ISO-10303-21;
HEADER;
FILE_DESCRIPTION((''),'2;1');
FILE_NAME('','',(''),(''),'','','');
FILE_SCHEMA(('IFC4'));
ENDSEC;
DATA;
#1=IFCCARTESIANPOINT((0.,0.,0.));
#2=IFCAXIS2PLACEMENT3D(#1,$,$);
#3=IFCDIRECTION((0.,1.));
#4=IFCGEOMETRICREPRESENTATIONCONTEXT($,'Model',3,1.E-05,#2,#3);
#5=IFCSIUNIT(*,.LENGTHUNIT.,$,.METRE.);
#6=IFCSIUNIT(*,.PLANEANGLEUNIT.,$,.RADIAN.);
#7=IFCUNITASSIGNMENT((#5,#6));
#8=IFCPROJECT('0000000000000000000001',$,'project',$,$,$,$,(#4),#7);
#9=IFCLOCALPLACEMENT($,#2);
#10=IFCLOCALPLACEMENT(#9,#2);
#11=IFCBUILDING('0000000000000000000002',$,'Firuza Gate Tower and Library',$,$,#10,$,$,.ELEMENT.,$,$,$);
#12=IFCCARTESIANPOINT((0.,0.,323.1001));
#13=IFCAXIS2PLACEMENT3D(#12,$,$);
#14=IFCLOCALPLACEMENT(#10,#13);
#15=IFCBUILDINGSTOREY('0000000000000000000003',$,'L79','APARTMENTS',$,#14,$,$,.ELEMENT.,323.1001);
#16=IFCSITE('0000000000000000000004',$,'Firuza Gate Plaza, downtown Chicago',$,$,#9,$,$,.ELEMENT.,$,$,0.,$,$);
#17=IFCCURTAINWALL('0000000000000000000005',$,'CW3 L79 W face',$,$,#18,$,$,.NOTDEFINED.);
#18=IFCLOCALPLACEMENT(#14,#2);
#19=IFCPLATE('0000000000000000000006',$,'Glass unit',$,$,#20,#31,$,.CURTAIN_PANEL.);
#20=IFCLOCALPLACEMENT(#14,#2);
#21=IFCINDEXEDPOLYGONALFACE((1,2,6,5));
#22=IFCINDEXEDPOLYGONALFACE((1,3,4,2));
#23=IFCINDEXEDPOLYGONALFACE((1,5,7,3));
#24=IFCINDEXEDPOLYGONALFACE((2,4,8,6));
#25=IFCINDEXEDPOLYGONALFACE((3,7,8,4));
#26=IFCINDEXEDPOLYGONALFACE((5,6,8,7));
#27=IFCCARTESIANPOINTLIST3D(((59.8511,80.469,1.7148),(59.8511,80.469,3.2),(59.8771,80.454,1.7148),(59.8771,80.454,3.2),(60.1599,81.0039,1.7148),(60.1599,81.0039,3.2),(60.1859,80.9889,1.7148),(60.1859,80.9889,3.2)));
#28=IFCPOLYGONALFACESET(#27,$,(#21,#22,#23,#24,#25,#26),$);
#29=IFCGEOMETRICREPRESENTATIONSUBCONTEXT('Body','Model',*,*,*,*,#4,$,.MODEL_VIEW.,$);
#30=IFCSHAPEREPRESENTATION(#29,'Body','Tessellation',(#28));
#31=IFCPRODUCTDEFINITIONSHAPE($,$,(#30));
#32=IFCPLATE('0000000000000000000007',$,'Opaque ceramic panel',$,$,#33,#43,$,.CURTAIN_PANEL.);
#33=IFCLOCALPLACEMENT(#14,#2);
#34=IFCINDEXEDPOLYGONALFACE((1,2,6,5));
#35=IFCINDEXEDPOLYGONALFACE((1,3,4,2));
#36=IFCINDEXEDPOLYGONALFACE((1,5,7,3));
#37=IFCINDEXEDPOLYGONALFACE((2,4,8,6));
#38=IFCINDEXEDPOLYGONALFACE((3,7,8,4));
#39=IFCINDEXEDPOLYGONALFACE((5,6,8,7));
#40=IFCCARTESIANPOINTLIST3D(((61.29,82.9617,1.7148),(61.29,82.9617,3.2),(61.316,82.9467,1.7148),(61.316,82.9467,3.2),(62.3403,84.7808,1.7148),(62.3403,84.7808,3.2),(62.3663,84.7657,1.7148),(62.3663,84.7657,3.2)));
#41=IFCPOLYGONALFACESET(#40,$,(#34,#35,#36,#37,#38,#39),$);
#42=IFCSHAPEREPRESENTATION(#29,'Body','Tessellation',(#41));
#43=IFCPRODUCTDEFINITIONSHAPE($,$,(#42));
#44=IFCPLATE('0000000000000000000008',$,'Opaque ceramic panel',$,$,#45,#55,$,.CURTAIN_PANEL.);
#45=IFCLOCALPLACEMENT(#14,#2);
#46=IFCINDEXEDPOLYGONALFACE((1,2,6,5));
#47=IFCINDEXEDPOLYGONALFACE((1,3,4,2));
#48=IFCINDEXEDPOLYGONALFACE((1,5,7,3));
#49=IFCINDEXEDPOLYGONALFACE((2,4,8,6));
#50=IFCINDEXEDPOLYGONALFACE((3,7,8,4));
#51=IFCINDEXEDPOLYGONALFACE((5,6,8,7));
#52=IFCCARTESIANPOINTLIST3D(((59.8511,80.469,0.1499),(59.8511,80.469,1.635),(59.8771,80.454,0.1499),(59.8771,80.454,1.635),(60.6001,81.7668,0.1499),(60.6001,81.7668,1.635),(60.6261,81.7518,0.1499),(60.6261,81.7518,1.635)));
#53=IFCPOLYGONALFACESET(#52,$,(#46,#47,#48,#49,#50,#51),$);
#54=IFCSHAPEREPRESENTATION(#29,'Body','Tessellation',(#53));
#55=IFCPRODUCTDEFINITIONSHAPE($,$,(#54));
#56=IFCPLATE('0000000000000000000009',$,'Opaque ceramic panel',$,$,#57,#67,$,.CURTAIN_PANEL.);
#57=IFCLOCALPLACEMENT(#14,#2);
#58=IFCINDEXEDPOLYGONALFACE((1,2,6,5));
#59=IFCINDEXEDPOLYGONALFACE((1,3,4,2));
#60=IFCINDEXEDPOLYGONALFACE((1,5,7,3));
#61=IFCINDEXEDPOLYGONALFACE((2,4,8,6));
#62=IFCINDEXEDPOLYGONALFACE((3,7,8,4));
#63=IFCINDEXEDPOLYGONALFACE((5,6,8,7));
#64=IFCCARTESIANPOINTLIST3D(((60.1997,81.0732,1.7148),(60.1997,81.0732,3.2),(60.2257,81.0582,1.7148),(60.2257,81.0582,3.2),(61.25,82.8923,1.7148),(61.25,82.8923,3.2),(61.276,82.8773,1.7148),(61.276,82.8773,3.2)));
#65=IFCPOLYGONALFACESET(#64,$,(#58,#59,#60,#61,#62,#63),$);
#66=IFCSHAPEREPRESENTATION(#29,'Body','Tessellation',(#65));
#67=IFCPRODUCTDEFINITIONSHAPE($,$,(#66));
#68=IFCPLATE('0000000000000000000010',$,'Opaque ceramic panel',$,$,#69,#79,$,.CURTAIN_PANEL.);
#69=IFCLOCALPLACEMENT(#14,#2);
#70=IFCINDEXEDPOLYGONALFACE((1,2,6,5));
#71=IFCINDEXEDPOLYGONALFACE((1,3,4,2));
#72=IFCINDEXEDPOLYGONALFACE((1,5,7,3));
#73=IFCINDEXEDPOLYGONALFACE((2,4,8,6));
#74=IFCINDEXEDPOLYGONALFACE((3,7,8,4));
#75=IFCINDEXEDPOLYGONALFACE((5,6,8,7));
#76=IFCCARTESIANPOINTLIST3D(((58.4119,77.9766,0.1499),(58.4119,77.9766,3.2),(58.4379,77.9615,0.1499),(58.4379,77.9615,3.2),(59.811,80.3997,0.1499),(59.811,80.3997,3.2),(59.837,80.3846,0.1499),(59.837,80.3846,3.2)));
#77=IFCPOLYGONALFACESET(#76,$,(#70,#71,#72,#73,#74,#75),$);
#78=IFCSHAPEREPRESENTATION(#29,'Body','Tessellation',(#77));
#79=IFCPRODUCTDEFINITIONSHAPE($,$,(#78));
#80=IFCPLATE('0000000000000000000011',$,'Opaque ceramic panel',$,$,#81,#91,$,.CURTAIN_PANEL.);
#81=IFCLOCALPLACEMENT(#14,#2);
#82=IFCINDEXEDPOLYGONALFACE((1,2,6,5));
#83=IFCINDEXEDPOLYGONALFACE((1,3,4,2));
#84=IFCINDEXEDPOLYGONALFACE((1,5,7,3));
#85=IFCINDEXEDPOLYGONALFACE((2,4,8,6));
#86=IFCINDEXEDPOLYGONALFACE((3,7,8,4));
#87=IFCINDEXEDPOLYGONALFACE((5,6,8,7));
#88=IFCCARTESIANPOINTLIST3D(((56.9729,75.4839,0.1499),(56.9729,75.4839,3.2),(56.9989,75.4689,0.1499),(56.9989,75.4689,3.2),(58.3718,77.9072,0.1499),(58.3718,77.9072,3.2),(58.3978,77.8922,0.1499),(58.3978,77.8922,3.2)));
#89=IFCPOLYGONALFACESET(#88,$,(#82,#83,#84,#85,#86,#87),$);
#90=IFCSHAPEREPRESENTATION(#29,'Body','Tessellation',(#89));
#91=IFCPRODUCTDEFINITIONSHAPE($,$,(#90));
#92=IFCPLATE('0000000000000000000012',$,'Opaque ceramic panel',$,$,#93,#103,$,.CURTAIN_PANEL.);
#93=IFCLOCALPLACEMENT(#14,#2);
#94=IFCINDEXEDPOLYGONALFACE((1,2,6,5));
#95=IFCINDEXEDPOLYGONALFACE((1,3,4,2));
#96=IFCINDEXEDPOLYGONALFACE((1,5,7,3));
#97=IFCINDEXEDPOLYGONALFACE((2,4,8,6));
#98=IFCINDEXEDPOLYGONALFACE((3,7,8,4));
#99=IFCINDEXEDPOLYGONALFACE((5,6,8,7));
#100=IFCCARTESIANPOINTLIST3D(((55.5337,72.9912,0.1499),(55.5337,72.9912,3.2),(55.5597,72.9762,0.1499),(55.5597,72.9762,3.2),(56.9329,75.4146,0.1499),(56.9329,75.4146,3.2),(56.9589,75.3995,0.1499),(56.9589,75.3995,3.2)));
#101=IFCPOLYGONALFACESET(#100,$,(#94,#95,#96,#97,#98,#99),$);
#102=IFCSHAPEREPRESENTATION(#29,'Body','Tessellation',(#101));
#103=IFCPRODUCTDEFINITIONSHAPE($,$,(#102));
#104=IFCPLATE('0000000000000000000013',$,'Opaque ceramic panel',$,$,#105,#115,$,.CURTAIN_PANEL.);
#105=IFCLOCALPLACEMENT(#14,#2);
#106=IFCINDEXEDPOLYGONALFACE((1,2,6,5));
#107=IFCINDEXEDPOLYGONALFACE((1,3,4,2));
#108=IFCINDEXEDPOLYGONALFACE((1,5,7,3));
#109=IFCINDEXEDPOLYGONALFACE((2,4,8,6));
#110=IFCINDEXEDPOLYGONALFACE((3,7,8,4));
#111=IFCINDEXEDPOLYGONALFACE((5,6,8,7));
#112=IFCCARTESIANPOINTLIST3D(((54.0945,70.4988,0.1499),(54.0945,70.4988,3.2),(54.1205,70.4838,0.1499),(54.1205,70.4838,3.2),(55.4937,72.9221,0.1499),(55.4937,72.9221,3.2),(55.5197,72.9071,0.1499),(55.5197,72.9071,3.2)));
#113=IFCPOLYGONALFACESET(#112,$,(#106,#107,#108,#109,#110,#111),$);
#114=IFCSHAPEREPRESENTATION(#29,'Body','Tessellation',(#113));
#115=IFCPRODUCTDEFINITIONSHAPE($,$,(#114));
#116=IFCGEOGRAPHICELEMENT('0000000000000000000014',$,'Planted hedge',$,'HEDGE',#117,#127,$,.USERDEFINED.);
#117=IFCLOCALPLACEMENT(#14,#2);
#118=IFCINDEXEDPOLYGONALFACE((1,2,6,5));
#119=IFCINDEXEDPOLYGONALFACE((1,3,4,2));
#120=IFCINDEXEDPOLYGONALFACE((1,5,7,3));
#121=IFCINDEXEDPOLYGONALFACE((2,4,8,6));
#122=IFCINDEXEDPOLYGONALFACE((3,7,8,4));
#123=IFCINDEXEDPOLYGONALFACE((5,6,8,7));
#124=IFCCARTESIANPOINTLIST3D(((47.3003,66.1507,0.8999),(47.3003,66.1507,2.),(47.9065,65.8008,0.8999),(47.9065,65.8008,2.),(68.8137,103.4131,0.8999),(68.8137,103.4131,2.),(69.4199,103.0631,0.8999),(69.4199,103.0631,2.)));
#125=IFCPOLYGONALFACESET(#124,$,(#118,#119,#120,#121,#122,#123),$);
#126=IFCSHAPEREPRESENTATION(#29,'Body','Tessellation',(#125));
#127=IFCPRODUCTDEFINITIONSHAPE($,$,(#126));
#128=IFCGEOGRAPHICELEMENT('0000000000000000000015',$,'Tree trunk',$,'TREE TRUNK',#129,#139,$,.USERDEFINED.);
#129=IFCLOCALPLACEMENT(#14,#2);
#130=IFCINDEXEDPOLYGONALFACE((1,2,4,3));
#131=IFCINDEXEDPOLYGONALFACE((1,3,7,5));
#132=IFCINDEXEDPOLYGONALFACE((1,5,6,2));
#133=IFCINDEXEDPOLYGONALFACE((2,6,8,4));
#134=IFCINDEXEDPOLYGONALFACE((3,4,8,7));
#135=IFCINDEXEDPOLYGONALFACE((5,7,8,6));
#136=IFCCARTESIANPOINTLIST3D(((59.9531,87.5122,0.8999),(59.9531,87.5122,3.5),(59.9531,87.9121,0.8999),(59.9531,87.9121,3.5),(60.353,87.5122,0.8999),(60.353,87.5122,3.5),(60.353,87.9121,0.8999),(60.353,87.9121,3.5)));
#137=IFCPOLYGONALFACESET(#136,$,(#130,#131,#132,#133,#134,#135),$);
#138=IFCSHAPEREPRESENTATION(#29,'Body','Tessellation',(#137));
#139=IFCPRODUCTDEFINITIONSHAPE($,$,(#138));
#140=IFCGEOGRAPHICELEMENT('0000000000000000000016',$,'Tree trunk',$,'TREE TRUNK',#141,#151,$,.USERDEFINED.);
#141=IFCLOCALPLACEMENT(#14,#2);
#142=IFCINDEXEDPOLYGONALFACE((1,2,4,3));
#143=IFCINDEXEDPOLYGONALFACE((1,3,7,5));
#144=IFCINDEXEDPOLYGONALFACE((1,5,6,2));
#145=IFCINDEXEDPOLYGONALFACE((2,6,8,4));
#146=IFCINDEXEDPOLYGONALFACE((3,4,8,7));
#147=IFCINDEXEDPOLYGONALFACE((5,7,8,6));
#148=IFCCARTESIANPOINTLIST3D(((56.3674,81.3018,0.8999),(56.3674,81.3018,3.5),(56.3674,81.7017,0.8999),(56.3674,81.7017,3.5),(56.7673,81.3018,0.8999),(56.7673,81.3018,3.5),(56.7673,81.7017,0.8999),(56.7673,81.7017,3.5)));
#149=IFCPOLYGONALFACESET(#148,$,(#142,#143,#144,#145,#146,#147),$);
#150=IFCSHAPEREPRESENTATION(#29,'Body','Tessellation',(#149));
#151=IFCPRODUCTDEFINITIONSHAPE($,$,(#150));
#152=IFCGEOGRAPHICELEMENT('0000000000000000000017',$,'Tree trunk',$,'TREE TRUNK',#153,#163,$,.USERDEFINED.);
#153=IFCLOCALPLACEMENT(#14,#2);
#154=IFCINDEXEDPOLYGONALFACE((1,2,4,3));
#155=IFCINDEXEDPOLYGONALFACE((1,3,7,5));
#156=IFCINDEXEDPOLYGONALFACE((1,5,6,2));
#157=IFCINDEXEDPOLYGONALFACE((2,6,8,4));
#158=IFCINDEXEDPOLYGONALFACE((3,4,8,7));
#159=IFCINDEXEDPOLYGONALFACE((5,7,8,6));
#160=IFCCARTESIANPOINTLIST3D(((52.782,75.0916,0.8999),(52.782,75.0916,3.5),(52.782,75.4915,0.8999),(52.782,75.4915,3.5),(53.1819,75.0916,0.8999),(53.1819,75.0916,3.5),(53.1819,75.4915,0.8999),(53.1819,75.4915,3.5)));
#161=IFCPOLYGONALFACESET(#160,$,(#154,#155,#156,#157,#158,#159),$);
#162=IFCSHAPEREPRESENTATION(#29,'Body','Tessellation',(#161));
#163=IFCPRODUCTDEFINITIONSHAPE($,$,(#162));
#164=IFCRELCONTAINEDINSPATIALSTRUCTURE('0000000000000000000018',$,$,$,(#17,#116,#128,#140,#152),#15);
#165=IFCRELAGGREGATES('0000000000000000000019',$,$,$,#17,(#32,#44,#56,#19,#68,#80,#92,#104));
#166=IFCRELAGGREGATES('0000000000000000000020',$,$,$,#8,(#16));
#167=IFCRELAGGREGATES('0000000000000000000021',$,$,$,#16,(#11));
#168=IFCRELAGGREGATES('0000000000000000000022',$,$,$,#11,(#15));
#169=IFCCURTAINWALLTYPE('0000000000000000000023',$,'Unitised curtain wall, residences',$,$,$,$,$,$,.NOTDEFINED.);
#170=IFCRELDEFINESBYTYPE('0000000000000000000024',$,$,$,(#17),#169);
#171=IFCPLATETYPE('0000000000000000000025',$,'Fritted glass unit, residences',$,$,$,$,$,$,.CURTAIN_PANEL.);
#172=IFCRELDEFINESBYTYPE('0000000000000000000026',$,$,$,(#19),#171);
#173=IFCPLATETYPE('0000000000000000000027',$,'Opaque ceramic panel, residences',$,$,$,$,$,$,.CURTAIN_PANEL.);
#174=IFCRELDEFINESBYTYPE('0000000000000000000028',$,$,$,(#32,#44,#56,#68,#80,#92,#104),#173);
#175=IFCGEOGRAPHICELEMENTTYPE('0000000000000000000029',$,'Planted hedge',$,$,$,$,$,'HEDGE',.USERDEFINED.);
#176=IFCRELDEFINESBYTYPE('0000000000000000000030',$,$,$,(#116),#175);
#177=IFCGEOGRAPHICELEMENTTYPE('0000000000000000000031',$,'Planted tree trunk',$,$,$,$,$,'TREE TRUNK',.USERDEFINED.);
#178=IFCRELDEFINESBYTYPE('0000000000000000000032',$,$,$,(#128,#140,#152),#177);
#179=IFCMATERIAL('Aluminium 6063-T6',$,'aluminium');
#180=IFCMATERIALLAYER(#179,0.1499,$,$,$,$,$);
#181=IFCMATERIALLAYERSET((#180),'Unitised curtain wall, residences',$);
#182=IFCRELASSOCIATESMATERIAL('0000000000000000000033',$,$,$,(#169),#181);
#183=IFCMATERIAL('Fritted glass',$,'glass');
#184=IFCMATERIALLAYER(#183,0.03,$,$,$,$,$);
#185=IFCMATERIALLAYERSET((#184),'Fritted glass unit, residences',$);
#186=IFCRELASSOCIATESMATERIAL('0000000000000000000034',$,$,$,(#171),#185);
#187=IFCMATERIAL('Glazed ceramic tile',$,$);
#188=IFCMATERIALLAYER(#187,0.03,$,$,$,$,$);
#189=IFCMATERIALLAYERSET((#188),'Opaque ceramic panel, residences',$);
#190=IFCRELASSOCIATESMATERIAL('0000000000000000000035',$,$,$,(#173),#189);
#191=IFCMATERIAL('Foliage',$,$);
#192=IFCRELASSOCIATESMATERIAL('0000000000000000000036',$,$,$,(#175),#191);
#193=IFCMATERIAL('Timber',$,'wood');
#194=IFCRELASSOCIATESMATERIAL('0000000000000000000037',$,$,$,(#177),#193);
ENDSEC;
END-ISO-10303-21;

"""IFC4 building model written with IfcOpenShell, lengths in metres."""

from ifc_helpers import new_model, si_unit, direction, frame, origin, origin_2d, place, context, subcontext, project, spatial, polyline, rectangle, outline, extrude, material, layer, layer_set, type_object, element, aggregate, save


model = new_model("IFC4")

# Units and contexts
model_context = context("Model", 3, precision=1e-05, world=origin(), true_north=direction((0.0, 1.0)))
body_context = subcontext(model_context, "Body", "Model", "MODEL_VIEW")
ifc_project = project(units=[si_unit("LENGTHUNIT", "METRE"), si_unit("PLANEANGLEUNIT", "RADIAN")], contexts=[model_context])

# Site, building, storey
site_placement = place(None, origin())
site = spatial("IfcSite", under=ifc_project, at=site_placement, Name="Firuza Gate Plaza, downtown Chicago", CompositionType="ELEMENT", RefElevation=0.0)
building_placement = place(site_placement, origin())
building = spatial("IfcBuilding", under=site, at=building_placement, Name="Firuza Gate Tower and Library", CompositionType="ELEMENT")
storey_placement = place(building_placement, frame((0.0, 0.0, 323.1001)))
storey = spatial("IfcBuildingStorey", under=building, at=storey_placement, Name="L79", Description="APARTMENTS", CompositionType="ELEMENT", Elevation=323.1001)

# Curtain wall
ifc_material_1 = material(Name="Aluminium 6063-T6", Category="aluminium")
ifc_layer_1 = layer(ifc_material_1, 0.1499)
ifc_layer_set_1 = layer_set([ifc_layer_1], Name="Unitised curtain wall, residences")
curtain_wall_type = type_object("IfcCurtainWallType", Name="Unitised curtain wall, residences", PredefinedType="NOTDEFINED", material=ifc_layer_set_1)
curtain_wall_placement = place(storey_placement, origin())
curtain_wall = element("IfcCurtainWall", 1, at=curtain_wall_placement, inside=storey, type_object=curtain_wall_type, Name="CW3 L79 W face", PredefinedType="NOTDEFINED")

# Plates
ifc_material_2 = material(Name="Fritted glass", Category="glass")
ifc_layer_2 = layer(ifc_material_2, 0.03)
ifc_layer_set_2 = layer_set([ifc_layer_2], Name="Fritted glass unit, residences")
plate_type_1 = type_object("IfcPlateType", Name="Fritted glass unit, residences", PredefinedType="CURTAIN_PANEL", material=ifc_layer_set_2)
plate_1_placement = place(storey_placement, frame((60.1599, 81.0039, 1.7148), z_axis=(-0.866021, 0.500008, 0.0), x_axis=(-0.500008, -0.866021, 0.0)))
plate_1 = element("IfcPlate", 2, at=plate_1_placement, type_object=plate_type_1, Name="Glass unit", PredefinedType="CURTAIN_PANEL", context=body_context, shape_type="SweptSolid", body=[
    extrude(outline(polyline([(0.0, 0.0), (0.6177, 0.0), (0.6177, 1.4851), (0.0, 1.4851), (0.0, 0.0)])), origin(), (0.0, 0.0, -1.0), 0.03),
])
ifc_material_3 = material(Name="Glazed ceramic tile")
ifc_layer_3 = layer(ifc_material_3, 0.03)
ifc_layer_set_3 = layer_set([ifc_layer_3], Name="Opaque ceramic panel, residences")
plate_type_2 = type_object("IfcPlateType", Name="Opaque ceramic panel, residences", PredefinedType="CURTAIN_PANEL", material=ifc_layer_set_3)
plate_2_placement = place(storey_placement, frame((62.3403, 84.7808, 1.7148), z_axis=(-0.866017, 0.500014, 0.0), x_axis=(-0.500014, -0.866017, 0.0)))
plate_2 = element("IfcPlate", 3, at=plate_2_placement, type_object=plate_type_2, Name="Opaque ceramic panel", PredefinedType="CURTAIN_PANEL", context=body_context, shape_type="SweptSolid", body=[
    extrude(outline(polyline([(0.0, 0.0), (2.1005, 0.0), (2.1005, 1.4851), (0.0, 1.4851), (0.0, 0.0)])), origin(), (0.0, 0.0, -1.0), 0.03),
])
plate_3_placement = place(storey_placement, frame((60.6001, 81.7668, 0.1499), z_axis=(-0.86611, 0.499854, 0.0), x_axis=(-0.499854, -0.86611, 0.0)))
plate_3 = element("IfcPlate", 4, at=plate_3_placement, type_object=plate_type_2, Name="Opaque ceramic panel", PredefinedType="CURTAIN_PANEL", context=body_context, shape_type="SweptSolid", body=[
    extrude(outline(polyline([(0.0, 0.0), (1.4985, 0.0), (1.4985, 1.4851), (0.0, 1.4851), (0.0, 0.0)])), origin(), (0.0, 0.0, -1.0), 0.03),
])
plate_4_placement = place(storey_placement, frame((61.25, 82.8923, 1.7148), z_axis=(-0.866017, 0.500014, 0.0), x_axis=(-0.500014, -0.866017, 0.0)))
plate_4 = element("IfcPlate", 5, at=plate_4_placement, type_object=plate_type_2, Name="Opaque ceramic panel", PredefinedType="CURTAIN_PANEL", context=body_context, shape_type="SweptSolid", body=[
    extrude(outline(polyline([(0.0, 0.0), (2.1005, 0.0), (2.1005, 1.4851), (0.0, 1.4851), (0.0, 0.0)])), origin(), (0.0, 0.0, -1.0), 0.03),
])
plate_5_placement = place(storey_placement, frame((59.811, 80.3997, 0.1499), z_axis=(-0.865995, 0.500052, 0.0), x_axis=(-0.500052, -0.865995, 0.0)))
plate_5 = element("IfcPlate", 6, at=plate_5_placement, type_object=plate_type_2, Name="Opaque ceramic panel", PredefinedType="CURTAIN_PANEL", context=body_context, shape_type="SweptSolid", body=[
    extrude(outline(polyline([(0.0, 0.0), (2.798, 0.0), (2.798, 3.05), (0.0, 3.05), (0.0, 0.0)])), origin(), (0.0, 0.0, -1.0), 0.03),
])
plate_6_placement = place(storey_placement, frame((58.3718, 77.9072, 0.1499), z_axis=(-0.866055, 0.499949, 0.0), x_axis=(-0.499949, -0.866055, 0.0)))
plate_6 = element("IfcPlate", 7, at=plate_6_placement, type_object=plate_type_2, Name="Opaque ceramic panel", PredefinedType="CURTAIN_PANEL", context=body_context, shape_type="SweptSolid", body=[
    extrude(outline(polyline([(0.0, 0.0), (2.7981, 0.0), (2.7981, 3.05), (0.0, 3.05), (0.0, 0.0)])), origin(), (0.0, 0.0, -1.0), 0.03),
])
plate_7_placement = place(storey_placement, frame((56.9329, 75.4146, 0.1499), z_axis=(-0.866017, 0.500014, 0.0), x_axis=(-0.500014, -0.866017, 0.0)))
plate_7 = element("IfcPlate", 8, at=plate_7_placement, type_object=plate_type_2, Name="Opaque ceramic panel", PredefinedType="CURTAIN_PANEL", context=body_context, shape_type="SweptSolid", body=[
    extrude(outline(polyline([(0.0, 0.0), (2.7983, 0.0), (2.7983, 3.05), (0.0, 3.05), (0.0, 0.0)])), origin(), (0.0, 0.0, -1.0), 0.03),
])
plate_8_placement = place(storey_placement, frame((55.4937, 72.9221, 0.1499), z_axis=(-0.866017, 0.500014, 0.0), x_axis=(-0.500014, -0.866017, 0.0)))
plate_8 = element("IfcPlate", 9, at=plate_8_placement, type_object=plate_type_2, Name="Opaque ceramic panel", PredefinedType="CURTAIN_PANEL", context=body_context, shape_type="SweptSolid", body=[
    extrude(outline(polyline([(0.0, 0.0), (2.7983, 0.0), (2.7983, 3.05), (0.0, 3.05), (0.0, 0.0)])), origin(), (0.0, 0.0, -1.0), 0.03),
])
aggregate(curtain_wall, [plate_2, plate_3, plate_4, plate_1, plate_5, plate_6, plate_7, plate_8])

# Geographic elements
ifc_material_4 = material(Name="Foliage")
geographic_element_type_1 = type_object("IfcGeographicElementType", Name="Planted hedge", ElementType="HEDGE", PredefinedType="USERDEFINED", material=ifc_material_4)
geographic_element_placement = place(storey_placement, frame((58.3601, 84.6069, 0.8999), z_axis=(0.0, 0.0, 1.0), x_axis=(-0.5, -0.866025, 0.0)))
element("IfcGeographicElement", 10, at=geographic_element_placement, inside=storey, type_object=geographic_element_type_1, Name="Planted hedge", ObjectType="HEDGE", PredefinedType="USERDEFINED", context=body_context, shape_type="SweptSolid", body=[
    extrude(rectangle(XDim=43.0269, YDim=0.7, at=origin_2d()), origin(), (0.0, 0.0, 1.0), 1.1001),
])
ifc_material_5 = material(Name="Timber", Category="wood")
geographic_element_type_2 = type_object("IfcGeographicElementType", Name="Planted tree trunk", ElementType="TREE TRUNK", PredefinedType="USERDEFINED", material=ifc_material_5)
for number, where, z_axis, x_axis, name in (
    (11, (60.1531, 87.7122, 0.8999), (0.0, 0.0, 1.0), (1.0, 0.0, 0.0), "Tree trunk"),
    (12, (56.5674, 81.5017, 0.8999), (0.0, 0.0, 1.0), (1.0, 0.0, 0.0), "Tree trunk"),
    (13, (52.9819, 75.2915, 0.8999), (0.0, 0.0, 1.0), (1.0, 0.0, 0.0), "Tree trunk"),
):
    element("IfcGeographicElement", number, at=place(storey_placement, frame(where, z_axis=z_axis, x_axis=x_axis)), inside=storey, type_object=geographic_element_type_2, Name=name, ObjectType="TREE TRUNK", PredefinedType="USERDEFINED", context=body_context, shape_type="SweptSolid", body=[
        extrude(rectangle(XDim=0.3999, YDim=0.3999, at=origin_2d()), origin(), (0.0, 0.0, 1.0), 2.6001),
    ])

save(model, "model.ifc")
